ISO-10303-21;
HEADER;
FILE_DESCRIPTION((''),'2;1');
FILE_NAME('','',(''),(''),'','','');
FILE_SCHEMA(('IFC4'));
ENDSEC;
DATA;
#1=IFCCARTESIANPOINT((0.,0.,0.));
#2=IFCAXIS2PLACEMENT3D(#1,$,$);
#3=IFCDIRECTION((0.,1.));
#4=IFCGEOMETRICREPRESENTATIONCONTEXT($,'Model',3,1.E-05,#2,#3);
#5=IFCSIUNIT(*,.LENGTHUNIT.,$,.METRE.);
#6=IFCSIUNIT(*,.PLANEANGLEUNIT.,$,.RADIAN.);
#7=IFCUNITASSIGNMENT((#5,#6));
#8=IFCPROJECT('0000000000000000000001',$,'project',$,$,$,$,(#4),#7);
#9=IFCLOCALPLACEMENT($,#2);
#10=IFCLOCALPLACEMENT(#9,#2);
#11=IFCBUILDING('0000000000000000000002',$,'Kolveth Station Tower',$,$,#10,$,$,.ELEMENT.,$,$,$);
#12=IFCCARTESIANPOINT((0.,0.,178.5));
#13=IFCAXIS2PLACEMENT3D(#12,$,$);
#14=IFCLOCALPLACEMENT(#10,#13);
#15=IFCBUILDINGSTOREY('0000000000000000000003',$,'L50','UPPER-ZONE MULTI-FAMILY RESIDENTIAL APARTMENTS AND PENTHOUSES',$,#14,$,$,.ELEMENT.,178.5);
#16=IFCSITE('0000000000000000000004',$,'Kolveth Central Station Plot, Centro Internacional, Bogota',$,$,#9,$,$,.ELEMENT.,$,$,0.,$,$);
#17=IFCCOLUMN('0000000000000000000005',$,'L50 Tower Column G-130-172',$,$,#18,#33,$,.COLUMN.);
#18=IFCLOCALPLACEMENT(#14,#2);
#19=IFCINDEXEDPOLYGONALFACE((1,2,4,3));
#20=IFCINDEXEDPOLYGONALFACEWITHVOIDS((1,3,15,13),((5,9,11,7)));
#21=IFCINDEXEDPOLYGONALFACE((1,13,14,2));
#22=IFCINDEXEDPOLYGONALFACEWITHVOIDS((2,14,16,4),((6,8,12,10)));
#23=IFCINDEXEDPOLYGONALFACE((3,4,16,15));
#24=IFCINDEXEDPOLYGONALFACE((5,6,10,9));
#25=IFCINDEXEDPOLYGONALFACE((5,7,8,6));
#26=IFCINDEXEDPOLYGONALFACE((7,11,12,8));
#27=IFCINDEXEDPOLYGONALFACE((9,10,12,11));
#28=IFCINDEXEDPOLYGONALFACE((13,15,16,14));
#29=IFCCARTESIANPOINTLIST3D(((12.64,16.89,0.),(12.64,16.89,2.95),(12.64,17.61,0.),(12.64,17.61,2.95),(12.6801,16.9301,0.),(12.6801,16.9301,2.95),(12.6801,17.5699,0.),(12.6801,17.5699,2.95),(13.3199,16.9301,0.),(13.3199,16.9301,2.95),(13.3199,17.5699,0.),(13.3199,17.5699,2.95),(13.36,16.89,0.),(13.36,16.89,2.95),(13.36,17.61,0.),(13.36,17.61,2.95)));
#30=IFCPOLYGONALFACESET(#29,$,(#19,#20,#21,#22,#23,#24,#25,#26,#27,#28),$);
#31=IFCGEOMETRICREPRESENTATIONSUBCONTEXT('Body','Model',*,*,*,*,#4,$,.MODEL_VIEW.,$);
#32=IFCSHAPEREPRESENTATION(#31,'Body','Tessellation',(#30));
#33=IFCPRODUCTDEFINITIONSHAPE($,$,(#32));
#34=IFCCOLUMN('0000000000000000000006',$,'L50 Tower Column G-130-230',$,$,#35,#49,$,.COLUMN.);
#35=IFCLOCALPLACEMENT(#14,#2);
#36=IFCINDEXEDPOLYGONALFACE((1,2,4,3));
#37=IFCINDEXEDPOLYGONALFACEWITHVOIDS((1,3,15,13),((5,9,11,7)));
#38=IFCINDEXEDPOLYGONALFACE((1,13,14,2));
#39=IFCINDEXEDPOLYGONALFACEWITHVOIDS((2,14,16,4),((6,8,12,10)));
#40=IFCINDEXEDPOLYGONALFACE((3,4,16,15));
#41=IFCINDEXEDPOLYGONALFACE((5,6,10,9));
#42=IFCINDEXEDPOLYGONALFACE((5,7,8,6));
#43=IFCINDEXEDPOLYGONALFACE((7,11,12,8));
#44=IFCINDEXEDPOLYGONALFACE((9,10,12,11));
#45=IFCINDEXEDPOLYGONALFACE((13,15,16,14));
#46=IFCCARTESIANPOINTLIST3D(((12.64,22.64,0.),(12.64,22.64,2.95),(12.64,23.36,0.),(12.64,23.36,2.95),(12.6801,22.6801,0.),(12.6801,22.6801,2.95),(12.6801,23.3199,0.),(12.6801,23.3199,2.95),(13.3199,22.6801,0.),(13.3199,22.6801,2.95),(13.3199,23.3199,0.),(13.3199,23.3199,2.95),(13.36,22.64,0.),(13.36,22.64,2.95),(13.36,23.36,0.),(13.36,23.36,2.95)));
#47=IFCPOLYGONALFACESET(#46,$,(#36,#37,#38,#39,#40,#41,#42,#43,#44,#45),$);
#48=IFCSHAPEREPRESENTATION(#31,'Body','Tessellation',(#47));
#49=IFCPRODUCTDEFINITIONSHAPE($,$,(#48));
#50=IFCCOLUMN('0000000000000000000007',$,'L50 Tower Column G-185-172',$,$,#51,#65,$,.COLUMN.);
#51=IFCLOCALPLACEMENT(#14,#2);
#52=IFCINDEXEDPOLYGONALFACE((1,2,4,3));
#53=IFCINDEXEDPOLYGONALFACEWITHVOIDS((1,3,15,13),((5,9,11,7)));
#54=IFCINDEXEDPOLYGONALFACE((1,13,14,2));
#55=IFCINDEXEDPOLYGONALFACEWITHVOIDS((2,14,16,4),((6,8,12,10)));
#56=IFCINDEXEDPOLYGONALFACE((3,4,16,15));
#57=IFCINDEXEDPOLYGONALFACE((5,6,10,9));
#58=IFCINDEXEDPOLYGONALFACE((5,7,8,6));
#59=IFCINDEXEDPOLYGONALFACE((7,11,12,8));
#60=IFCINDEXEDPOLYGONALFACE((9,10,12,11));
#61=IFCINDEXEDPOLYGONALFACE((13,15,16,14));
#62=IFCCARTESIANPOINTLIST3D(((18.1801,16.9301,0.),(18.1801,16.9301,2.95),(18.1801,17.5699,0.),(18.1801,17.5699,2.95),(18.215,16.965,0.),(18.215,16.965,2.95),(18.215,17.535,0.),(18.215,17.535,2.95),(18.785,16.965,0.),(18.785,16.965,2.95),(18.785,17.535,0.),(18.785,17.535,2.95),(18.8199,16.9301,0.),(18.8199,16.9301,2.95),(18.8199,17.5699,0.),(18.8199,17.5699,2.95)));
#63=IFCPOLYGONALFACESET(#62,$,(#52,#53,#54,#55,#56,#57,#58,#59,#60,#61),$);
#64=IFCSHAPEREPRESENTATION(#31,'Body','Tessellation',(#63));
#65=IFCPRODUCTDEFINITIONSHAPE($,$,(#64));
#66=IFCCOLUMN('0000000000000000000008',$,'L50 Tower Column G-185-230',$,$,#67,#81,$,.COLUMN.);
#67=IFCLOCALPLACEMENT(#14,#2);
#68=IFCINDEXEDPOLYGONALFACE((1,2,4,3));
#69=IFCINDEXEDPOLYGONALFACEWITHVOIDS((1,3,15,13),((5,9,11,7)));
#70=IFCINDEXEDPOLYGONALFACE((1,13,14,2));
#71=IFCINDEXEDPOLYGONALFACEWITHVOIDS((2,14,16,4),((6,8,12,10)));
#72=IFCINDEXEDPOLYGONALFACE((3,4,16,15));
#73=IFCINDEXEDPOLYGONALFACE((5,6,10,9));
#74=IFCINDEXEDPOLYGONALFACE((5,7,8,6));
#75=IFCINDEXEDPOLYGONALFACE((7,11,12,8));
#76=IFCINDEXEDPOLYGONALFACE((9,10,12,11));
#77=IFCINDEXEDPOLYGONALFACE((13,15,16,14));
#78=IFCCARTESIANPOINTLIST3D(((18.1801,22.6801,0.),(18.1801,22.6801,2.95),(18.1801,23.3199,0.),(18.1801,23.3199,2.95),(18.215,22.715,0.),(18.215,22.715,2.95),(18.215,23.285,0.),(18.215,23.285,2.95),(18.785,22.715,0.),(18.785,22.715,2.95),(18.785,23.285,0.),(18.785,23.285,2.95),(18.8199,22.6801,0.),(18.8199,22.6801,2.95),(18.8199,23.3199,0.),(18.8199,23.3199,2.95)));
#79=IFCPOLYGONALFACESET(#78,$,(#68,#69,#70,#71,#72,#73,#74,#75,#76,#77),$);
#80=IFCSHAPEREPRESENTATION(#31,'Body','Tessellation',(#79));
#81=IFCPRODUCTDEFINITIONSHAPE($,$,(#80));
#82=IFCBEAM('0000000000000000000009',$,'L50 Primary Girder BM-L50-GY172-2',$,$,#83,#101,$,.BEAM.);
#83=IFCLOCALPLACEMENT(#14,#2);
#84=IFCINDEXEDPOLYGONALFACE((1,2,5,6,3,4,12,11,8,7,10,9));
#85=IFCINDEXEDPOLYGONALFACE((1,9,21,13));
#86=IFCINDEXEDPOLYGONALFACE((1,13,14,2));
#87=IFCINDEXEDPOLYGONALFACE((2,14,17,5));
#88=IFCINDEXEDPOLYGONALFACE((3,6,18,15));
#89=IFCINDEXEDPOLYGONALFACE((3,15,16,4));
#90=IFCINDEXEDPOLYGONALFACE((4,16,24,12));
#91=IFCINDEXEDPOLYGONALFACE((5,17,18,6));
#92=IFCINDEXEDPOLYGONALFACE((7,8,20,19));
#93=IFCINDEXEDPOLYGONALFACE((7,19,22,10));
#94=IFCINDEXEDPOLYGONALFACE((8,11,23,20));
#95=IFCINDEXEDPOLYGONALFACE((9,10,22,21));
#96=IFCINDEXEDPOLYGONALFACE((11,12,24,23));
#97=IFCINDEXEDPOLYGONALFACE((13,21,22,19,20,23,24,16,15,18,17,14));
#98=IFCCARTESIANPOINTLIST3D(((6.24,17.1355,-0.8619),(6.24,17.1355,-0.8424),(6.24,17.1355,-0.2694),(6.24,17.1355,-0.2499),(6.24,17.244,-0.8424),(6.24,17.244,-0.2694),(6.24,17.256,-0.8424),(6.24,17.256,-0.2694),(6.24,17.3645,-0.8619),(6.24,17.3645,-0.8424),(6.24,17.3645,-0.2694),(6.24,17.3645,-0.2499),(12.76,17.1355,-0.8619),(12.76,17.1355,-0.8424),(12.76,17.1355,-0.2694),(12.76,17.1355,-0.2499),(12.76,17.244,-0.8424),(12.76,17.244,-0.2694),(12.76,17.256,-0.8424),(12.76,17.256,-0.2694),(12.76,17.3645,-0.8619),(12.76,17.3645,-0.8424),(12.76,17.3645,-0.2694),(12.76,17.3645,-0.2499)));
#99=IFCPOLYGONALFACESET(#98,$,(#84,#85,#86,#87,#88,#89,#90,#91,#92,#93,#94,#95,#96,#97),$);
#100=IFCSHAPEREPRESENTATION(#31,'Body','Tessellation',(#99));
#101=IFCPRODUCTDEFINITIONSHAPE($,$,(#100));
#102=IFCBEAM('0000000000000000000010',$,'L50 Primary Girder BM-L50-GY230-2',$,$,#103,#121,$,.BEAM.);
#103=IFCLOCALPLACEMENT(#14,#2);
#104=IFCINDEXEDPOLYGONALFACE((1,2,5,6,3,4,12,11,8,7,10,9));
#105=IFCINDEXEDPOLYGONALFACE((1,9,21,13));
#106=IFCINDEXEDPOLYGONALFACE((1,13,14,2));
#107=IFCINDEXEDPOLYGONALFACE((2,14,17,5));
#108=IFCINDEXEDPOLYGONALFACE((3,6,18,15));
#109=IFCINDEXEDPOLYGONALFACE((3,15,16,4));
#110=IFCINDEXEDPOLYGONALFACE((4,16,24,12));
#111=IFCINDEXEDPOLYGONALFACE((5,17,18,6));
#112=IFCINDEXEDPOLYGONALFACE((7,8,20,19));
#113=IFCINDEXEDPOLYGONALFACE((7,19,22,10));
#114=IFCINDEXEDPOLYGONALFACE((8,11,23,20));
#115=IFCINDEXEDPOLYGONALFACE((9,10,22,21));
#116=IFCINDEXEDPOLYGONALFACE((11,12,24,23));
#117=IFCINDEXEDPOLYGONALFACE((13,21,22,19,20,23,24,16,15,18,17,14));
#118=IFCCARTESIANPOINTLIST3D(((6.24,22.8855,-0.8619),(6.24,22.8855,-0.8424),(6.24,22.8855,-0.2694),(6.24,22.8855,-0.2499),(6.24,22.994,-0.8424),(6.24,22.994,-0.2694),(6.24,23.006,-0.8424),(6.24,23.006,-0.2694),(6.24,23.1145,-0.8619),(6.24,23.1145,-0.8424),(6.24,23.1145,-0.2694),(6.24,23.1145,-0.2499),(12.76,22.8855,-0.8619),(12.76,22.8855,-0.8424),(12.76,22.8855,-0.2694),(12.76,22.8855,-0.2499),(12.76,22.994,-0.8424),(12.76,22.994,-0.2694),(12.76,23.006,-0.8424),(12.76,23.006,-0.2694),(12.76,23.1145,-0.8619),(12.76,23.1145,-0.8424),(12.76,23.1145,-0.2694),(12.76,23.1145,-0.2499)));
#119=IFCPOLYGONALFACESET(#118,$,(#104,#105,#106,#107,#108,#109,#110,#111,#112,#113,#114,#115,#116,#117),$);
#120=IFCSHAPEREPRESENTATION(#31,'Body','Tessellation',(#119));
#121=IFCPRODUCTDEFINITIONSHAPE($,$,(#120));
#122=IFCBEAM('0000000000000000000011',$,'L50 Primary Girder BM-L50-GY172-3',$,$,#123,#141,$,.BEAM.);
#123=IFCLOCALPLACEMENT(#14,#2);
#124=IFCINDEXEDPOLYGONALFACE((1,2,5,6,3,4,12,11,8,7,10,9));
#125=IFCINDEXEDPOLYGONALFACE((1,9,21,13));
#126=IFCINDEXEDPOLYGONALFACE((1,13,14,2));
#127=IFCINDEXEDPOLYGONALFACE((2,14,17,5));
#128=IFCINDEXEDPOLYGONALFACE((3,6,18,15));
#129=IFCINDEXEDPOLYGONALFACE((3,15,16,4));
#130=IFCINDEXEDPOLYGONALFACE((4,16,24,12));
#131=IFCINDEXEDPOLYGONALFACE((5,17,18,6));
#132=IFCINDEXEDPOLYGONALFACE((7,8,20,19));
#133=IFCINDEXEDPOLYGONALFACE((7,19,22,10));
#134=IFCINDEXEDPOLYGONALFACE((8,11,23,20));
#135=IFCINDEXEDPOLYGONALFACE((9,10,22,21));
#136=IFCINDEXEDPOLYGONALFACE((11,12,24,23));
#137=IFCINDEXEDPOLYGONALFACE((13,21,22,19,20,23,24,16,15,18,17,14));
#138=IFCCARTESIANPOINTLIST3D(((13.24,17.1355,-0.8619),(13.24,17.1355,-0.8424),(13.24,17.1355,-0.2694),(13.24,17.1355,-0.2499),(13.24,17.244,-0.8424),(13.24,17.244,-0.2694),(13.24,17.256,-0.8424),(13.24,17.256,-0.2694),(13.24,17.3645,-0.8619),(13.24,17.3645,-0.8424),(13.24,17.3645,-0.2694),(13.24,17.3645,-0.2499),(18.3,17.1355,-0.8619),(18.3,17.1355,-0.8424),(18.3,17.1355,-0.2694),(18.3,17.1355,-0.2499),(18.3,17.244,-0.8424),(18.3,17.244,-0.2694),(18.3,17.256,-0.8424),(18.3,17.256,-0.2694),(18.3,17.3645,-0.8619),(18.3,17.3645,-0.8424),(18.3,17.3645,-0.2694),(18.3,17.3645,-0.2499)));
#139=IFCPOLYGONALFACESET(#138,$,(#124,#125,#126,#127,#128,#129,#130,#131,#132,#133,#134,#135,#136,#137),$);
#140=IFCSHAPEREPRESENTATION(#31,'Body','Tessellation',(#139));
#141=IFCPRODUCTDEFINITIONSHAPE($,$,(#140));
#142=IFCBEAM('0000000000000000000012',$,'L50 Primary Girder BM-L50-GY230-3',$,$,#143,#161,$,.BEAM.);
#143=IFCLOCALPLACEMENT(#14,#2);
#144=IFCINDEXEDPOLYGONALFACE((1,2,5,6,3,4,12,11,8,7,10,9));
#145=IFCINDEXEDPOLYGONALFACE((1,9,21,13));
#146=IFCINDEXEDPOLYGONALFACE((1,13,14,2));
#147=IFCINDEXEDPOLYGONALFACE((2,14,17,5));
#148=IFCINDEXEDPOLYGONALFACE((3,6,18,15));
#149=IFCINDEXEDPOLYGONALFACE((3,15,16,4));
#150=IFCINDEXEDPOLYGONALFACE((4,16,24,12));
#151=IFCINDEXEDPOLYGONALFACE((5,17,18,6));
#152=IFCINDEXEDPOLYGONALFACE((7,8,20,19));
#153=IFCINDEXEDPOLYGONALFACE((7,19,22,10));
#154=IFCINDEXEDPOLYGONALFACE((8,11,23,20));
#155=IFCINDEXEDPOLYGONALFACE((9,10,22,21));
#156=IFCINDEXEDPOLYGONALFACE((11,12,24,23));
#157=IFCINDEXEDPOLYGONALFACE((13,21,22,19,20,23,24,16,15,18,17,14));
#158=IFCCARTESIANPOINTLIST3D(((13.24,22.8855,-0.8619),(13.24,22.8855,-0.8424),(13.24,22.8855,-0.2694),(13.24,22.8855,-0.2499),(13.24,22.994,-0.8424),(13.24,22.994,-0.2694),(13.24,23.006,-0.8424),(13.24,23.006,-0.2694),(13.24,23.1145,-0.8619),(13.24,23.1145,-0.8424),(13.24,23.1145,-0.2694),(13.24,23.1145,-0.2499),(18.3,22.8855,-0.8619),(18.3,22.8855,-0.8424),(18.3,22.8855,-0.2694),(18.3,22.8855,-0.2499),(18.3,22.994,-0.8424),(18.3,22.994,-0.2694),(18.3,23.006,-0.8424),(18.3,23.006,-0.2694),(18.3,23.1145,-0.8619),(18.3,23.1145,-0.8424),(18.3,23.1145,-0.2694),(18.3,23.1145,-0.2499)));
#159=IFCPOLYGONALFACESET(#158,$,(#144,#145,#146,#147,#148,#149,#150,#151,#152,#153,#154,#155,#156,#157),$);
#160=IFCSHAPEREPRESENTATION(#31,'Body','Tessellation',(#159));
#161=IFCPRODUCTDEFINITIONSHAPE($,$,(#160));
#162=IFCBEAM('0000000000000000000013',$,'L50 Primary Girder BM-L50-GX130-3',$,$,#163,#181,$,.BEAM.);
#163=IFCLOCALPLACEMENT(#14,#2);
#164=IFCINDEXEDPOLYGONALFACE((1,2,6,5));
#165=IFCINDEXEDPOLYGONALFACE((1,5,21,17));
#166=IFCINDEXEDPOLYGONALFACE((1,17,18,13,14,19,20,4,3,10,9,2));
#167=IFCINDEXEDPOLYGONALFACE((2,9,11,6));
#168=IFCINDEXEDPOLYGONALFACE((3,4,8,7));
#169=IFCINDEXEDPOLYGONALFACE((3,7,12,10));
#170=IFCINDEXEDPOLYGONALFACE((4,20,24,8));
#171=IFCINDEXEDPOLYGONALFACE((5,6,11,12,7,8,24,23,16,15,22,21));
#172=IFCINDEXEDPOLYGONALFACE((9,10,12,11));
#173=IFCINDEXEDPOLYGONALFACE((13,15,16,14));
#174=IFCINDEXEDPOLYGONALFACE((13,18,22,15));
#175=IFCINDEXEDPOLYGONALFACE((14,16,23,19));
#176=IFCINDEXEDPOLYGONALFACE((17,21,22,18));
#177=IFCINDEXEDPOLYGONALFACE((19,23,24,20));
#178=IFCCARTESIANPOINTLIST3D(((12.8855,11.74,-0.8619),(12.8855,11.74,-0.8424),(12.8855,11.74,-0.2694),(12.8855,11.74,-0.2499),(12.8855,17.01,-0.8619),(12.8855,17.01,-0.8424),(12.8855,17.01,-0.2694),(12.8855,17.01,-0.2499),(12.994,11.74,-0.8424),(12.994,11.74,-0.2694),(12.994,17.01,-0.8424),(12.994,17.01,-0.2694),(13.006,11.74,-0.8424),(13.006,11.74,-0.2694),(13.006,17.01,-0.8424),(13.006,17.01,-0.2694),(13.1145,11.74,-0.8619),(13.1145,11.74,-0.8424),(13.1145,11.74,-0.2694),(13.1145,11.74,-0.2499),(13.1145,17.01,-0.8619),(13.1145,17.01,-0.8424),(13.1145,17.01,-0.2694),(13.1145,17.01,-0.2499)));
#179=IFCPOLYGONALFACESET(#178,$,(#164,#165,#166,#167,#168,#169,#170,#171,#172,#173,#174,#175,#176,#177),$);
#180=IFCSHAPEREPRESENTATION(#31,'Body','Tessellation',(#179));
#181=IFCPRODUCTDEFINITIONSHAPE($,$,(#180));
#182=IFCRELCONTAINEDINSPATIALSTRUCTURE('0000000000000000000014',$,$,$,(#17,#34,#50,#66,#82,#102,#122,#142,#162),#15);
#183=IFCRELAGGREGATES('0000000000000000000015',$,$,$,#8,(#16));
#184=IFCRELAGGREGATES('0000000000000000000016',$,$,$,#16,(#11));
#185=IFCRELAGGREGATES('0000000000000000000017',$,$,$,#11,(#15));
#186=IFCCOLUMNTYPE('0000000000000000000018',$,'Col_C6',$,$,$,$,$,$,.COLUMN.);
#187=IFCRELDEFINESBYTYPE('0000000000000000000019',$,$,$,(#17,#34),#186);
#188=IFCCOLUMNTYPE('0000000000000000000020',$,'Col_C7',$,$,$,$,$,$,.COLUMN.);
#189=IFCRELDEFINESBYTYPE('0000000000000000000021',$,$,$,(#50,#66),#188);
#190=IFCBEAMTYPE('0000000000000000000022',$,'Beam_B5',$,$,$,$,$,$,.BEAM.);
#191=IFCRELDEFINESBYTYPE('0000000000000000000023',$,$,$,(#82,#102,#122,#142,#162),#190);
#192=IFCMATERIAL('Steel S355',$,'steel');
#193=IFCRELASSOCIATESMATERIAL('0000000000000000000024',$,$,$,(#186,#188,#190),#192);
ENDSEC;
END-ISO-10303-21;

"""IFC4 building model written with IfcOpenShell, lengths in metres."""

from ifc_helpers import new_model, si_unit, direction, frame, origin, origin_2d, place, context, subcontext, project, spatial, hollow_rectangle, i_section, extrude, source, transform, mapped, material, material_profile, profile_set, type_object, element, save


model = new_model("IFC4")

# Units and contexts
model_context = context("Model", 3, precision=1e-05, world=origin(), true_north=direction((0.0, 1.0)))
body_context = subcontext(model_context, "Body", "Model", "MODEL_VIEW")
ifc_project = project(units=[si_unit("LENGTHUNIT", "METRE"), si_unit("PLANEANGLEUNIT", "RADIAN")], contexts=[model_context])

# Site, building, storey
site_placement = place(None, origin())
site = spatial("IfcSite", under=ifc_project, at=site_placement, Name="Kolveth Central Station Plot, Centro Internacional, Bogota", CompositionType="ELEMENT", RefElevation=0.0)
building_placement = place(site_placement, origin())
building = spatial("IfcBuilding", under=site, at=building_placement, Name="Kolveth Station Tower", CompositionType="ELEMENT")
storey_placement = place(building_placement, frame((0.0, 0.0, 178.5)))
storey = spatial("IfcBuildingStorey", under=building, at=storey_placement, Name="L50", Description="UPPER-ZONE MULTI-FAMILY RESIDENTIAL APARTMENTS AND PENTHOUSES", CompositionType="ELEMENT", Elevation=178.5)

# Columns
ifc_material_1 = material(Name="Steel S355", Category="steel")
ifc_material_profile_1 = material_profile(ifc_material_1, hollow_rectangle(XDim=0.72, YDim=0.72, WallThickness=0.04, at=origin_2d()), Name="BOX720x720x40")
ifc_profile_set_1 = profile_set([ifc_material_profile_1], Name="Steel S355")
column_type_1 = type_object("IfcColumnType", Name="Col_C6", PredefinedType="COLUMN", material=ifc_profile_set_1)
shared_shape_1 = source(origin(), body_context, "Body", "SweptSolid", [
    extrude(hollow_rectangle(XDim=0.72, YDim=0.72, WallThickness=0.04, at=origin_2d()), origin(), (0.0, 0.0, 1.0), 2.95),
])
for number, where, z_axis, x_axis, name in (
    (1, (13.0, 17.25, 0.0), (0.0, 0.0, 1.0), (1.0, 0.0, 0.0), "L50 Tower Column G-130-172"),
    (2, (13.0, 23.0, 0.0), (0.0, 0.0, 1.0), (1.0, 0.0, 0.0), "L50 Tower Column G-130-230"),
):
    element("IfcColumn", number, at=place(storey_placement, frame(where, z_axis=z_axis, x_axis=x_axis)), inside=storey, type_object=column_type_1, Name=name, PredefinedType="COLUMN", context=body_context, shape_type="MappedRepresentation", body=[
        mapped(shared_shape_1, transform((0.0, 0.0, 0.0), x_axis=(1.0, 0.0, 0.0), y_axis=(0.0, 1.0, 0.0), z_axis=(0.0, 0.0, 1.0), scale=1.0)),
    ])
ifc_material_profile_2 = material_profile(ifc_material_1, hollow_rectangle(XDim=0.6399, YDim=0.6399, WallThickness=0.0349, at=origin_2d()), Name="BOX640x640x35")
ifc_profile_set_2 = profile_set([ifc_material_profile_2], Name="Steel S355")
column_type_2 = type_object("IfcColumnType", Name="Col_C7", PredefinedType="COLUMN", material=ifc_profile_set_2)
shared_shape_2 = source(origin(), body_context, "Body", "SweptSolid", [
    extrude(hollow_rectangle(XDim=0.6399, YDim=0.6399, WallThickness=0.0349, at=origin_2d()), origin(), (0.0, 0.0, 1.0), 2.95),
])
for number, where, z_axis, x_axis, name in (
    (3, (18.5, 17.25, 0.0), (0.0, 0.0, 1.0), (1.0, 0.0, 0.0), "L50 Tower Column G-185-172"),
    (4, (18.5, 23.0, 0.0), (0.0, 0.0, 1.0), (1.0, 0.0, 0.0), "L50 Tower Column G-185-230"),
):
    element("IfcColumn", number, at=place(storey_placement, frame(where, z_axis=z_axis, x_axis=x_axis)), inside=storey, type_object=column_type_2, Name=name, PredefinedType="COLUMN", context=body_context, shape_type="MappedRepresentation", body=[
        mapped(shared_shape_2, transform((0.0, 0.0, 0.0), x_axis=(1.0, 0.0, 0.0), y_axis=(0.0, 1.0, 0.0), z_axis=(0.0, 0.0, 1.0), scale=1.0)),
    ])

# Beams
ifc_material_profile_3 = material_profile(ifc_material_1, i_section(OverallWidth=0.229, OverallDepth=0.6121, WebThickness=0.012, FlangeThickness=0.0195, at=origin_2d()), Name="W610x125")
ifc_profile_set_3 = profile_set([ifc_material_profile_3], Name="Steel S355")
beam_type_1 = type_object("IfcBeamType", Name="Beam_B5", PredefinedType="BEAM", material=ifc_profile_set_3)
shared_shape_3 = source(origin(), body_context, "Body", "SweptSolid", [
    extrude(i_section(OverallWidth=0.229, OverallDepth=0.6121, WebThickness=0.012, FlangeThickness=0.0195, at=origin_2d()), origin(), (0.0, 0.0, 1.0), 6.52),
])
for number, where, z_axis, x_axis, name in (
    (5, (6.24, 17.25, -0.5559), (1.0, 0.0, 0.0), (0.0, 1.0, 0.0), "L50 Primary Girder BM-L50-GY172-2"),
    (6, (6.24, 23.0, -0.5559), (1.0, 0.0, 0.0), (0.0, 1.0, 0.0), "L50 Primary Girder BM-L50-GY230-2"),
):
    element("IfcBeam", number, at=place(storey_placement, frame(where, z_axis=z_axis, x_axis=x_axis)), inside=storey, type_object=beam_type_1, Name=name, PredefinedType="BEAM", context=body_context, shape_type="MappedRepresentation", body=[
        mapped(shared_shape_3, transform((0.0, 0.0, 0.0), x_axis=(1.0, 0.0, 0.0), y_axis=(0.0, 1.0, 0.0), z_axis=(0.0, 0.0, 1.0), scale=1.0)),
    ])
shared_shape_4 = source(origin(), body_context, "Body", "SweptSolid", [
    extrude(i_section(OverallWidth=0.229, OverallDepth=0.6121, WebThickness=0.012, FlangeThickness=0.0195, at=origin_2d()), origin(), (0.0, 0.0, 1.0), 5.0601),
])
for number, where, z_axis, x_axis, name in (
    (7, (13.24, 17.25, -0.5559), (1.0, 0.0, 0.0), (0.0, 1.0, 0.0), "L50 Primary Girder BM-L50-GY172-3"),
    (8, (13.24, 23.0, -0.5559), (1.0, 0.0, 0.0), (0.0, 1.0, 0.0), "L50 Primary Girder BM-L50-GY230-3"),
):
    element("IfcBeam", number, at=place(storey_placement, frame(where, z_axis=z_axis, x_axis=x_axis)), inside=storey, type_object=beam_type_1, Name=name, PredefinedType="BEAM", context=body_context, shape_type="MappedRepresentation", body=[
        mapped(shared_shape_4, transform((0.0, 0.0, 0.0), x_axis=(1.0, 0.0, 0.0), y_axis=(0.0, 1.0, 0.0), z_axis=(0.0, 0.0, 1.0), scale=1.0)),
    ])
shared_shape_5 = source(origin(), body_context, "Body", "SweptSolid", [
    extrude(i_section(OverallWidth=0.229, OverallDepth=0.6121, WebThickness=0.012, FlangeThickness=0.0195, at=origin_2d()), origin(), (0.0, 0.0, 1.0), 5.27),
])
for number, where, z_axis, x_axis, name in (
    (9, (13.0, 11.74, -0.5559), (0.0, 1.0, 0.0), (-1.0, 0.0, 0.0), "L50 Primary Girder BM-L50-GX130-3"),
):
    element("IfcBeam", number, at=place(storey_placement, frame(where, z_axis=z_axis, x_axis=x_axis)), inside=storey, type_object=beam_type_1, Name=name, PredefinedType="BEAM", context=body_context, shape_type="MappedRepresentation", body=[
        mapped(shared_shape_5, transform((0.0, 0.0, 0.0), x_axis=(1.0, 0.0, 0.0), y_axis=(0.0, 1.0, 0.0), z_axis=(0.0, 0.0, 1.0), scale=1.0)),
    ])

save(model, "model.ifc")
